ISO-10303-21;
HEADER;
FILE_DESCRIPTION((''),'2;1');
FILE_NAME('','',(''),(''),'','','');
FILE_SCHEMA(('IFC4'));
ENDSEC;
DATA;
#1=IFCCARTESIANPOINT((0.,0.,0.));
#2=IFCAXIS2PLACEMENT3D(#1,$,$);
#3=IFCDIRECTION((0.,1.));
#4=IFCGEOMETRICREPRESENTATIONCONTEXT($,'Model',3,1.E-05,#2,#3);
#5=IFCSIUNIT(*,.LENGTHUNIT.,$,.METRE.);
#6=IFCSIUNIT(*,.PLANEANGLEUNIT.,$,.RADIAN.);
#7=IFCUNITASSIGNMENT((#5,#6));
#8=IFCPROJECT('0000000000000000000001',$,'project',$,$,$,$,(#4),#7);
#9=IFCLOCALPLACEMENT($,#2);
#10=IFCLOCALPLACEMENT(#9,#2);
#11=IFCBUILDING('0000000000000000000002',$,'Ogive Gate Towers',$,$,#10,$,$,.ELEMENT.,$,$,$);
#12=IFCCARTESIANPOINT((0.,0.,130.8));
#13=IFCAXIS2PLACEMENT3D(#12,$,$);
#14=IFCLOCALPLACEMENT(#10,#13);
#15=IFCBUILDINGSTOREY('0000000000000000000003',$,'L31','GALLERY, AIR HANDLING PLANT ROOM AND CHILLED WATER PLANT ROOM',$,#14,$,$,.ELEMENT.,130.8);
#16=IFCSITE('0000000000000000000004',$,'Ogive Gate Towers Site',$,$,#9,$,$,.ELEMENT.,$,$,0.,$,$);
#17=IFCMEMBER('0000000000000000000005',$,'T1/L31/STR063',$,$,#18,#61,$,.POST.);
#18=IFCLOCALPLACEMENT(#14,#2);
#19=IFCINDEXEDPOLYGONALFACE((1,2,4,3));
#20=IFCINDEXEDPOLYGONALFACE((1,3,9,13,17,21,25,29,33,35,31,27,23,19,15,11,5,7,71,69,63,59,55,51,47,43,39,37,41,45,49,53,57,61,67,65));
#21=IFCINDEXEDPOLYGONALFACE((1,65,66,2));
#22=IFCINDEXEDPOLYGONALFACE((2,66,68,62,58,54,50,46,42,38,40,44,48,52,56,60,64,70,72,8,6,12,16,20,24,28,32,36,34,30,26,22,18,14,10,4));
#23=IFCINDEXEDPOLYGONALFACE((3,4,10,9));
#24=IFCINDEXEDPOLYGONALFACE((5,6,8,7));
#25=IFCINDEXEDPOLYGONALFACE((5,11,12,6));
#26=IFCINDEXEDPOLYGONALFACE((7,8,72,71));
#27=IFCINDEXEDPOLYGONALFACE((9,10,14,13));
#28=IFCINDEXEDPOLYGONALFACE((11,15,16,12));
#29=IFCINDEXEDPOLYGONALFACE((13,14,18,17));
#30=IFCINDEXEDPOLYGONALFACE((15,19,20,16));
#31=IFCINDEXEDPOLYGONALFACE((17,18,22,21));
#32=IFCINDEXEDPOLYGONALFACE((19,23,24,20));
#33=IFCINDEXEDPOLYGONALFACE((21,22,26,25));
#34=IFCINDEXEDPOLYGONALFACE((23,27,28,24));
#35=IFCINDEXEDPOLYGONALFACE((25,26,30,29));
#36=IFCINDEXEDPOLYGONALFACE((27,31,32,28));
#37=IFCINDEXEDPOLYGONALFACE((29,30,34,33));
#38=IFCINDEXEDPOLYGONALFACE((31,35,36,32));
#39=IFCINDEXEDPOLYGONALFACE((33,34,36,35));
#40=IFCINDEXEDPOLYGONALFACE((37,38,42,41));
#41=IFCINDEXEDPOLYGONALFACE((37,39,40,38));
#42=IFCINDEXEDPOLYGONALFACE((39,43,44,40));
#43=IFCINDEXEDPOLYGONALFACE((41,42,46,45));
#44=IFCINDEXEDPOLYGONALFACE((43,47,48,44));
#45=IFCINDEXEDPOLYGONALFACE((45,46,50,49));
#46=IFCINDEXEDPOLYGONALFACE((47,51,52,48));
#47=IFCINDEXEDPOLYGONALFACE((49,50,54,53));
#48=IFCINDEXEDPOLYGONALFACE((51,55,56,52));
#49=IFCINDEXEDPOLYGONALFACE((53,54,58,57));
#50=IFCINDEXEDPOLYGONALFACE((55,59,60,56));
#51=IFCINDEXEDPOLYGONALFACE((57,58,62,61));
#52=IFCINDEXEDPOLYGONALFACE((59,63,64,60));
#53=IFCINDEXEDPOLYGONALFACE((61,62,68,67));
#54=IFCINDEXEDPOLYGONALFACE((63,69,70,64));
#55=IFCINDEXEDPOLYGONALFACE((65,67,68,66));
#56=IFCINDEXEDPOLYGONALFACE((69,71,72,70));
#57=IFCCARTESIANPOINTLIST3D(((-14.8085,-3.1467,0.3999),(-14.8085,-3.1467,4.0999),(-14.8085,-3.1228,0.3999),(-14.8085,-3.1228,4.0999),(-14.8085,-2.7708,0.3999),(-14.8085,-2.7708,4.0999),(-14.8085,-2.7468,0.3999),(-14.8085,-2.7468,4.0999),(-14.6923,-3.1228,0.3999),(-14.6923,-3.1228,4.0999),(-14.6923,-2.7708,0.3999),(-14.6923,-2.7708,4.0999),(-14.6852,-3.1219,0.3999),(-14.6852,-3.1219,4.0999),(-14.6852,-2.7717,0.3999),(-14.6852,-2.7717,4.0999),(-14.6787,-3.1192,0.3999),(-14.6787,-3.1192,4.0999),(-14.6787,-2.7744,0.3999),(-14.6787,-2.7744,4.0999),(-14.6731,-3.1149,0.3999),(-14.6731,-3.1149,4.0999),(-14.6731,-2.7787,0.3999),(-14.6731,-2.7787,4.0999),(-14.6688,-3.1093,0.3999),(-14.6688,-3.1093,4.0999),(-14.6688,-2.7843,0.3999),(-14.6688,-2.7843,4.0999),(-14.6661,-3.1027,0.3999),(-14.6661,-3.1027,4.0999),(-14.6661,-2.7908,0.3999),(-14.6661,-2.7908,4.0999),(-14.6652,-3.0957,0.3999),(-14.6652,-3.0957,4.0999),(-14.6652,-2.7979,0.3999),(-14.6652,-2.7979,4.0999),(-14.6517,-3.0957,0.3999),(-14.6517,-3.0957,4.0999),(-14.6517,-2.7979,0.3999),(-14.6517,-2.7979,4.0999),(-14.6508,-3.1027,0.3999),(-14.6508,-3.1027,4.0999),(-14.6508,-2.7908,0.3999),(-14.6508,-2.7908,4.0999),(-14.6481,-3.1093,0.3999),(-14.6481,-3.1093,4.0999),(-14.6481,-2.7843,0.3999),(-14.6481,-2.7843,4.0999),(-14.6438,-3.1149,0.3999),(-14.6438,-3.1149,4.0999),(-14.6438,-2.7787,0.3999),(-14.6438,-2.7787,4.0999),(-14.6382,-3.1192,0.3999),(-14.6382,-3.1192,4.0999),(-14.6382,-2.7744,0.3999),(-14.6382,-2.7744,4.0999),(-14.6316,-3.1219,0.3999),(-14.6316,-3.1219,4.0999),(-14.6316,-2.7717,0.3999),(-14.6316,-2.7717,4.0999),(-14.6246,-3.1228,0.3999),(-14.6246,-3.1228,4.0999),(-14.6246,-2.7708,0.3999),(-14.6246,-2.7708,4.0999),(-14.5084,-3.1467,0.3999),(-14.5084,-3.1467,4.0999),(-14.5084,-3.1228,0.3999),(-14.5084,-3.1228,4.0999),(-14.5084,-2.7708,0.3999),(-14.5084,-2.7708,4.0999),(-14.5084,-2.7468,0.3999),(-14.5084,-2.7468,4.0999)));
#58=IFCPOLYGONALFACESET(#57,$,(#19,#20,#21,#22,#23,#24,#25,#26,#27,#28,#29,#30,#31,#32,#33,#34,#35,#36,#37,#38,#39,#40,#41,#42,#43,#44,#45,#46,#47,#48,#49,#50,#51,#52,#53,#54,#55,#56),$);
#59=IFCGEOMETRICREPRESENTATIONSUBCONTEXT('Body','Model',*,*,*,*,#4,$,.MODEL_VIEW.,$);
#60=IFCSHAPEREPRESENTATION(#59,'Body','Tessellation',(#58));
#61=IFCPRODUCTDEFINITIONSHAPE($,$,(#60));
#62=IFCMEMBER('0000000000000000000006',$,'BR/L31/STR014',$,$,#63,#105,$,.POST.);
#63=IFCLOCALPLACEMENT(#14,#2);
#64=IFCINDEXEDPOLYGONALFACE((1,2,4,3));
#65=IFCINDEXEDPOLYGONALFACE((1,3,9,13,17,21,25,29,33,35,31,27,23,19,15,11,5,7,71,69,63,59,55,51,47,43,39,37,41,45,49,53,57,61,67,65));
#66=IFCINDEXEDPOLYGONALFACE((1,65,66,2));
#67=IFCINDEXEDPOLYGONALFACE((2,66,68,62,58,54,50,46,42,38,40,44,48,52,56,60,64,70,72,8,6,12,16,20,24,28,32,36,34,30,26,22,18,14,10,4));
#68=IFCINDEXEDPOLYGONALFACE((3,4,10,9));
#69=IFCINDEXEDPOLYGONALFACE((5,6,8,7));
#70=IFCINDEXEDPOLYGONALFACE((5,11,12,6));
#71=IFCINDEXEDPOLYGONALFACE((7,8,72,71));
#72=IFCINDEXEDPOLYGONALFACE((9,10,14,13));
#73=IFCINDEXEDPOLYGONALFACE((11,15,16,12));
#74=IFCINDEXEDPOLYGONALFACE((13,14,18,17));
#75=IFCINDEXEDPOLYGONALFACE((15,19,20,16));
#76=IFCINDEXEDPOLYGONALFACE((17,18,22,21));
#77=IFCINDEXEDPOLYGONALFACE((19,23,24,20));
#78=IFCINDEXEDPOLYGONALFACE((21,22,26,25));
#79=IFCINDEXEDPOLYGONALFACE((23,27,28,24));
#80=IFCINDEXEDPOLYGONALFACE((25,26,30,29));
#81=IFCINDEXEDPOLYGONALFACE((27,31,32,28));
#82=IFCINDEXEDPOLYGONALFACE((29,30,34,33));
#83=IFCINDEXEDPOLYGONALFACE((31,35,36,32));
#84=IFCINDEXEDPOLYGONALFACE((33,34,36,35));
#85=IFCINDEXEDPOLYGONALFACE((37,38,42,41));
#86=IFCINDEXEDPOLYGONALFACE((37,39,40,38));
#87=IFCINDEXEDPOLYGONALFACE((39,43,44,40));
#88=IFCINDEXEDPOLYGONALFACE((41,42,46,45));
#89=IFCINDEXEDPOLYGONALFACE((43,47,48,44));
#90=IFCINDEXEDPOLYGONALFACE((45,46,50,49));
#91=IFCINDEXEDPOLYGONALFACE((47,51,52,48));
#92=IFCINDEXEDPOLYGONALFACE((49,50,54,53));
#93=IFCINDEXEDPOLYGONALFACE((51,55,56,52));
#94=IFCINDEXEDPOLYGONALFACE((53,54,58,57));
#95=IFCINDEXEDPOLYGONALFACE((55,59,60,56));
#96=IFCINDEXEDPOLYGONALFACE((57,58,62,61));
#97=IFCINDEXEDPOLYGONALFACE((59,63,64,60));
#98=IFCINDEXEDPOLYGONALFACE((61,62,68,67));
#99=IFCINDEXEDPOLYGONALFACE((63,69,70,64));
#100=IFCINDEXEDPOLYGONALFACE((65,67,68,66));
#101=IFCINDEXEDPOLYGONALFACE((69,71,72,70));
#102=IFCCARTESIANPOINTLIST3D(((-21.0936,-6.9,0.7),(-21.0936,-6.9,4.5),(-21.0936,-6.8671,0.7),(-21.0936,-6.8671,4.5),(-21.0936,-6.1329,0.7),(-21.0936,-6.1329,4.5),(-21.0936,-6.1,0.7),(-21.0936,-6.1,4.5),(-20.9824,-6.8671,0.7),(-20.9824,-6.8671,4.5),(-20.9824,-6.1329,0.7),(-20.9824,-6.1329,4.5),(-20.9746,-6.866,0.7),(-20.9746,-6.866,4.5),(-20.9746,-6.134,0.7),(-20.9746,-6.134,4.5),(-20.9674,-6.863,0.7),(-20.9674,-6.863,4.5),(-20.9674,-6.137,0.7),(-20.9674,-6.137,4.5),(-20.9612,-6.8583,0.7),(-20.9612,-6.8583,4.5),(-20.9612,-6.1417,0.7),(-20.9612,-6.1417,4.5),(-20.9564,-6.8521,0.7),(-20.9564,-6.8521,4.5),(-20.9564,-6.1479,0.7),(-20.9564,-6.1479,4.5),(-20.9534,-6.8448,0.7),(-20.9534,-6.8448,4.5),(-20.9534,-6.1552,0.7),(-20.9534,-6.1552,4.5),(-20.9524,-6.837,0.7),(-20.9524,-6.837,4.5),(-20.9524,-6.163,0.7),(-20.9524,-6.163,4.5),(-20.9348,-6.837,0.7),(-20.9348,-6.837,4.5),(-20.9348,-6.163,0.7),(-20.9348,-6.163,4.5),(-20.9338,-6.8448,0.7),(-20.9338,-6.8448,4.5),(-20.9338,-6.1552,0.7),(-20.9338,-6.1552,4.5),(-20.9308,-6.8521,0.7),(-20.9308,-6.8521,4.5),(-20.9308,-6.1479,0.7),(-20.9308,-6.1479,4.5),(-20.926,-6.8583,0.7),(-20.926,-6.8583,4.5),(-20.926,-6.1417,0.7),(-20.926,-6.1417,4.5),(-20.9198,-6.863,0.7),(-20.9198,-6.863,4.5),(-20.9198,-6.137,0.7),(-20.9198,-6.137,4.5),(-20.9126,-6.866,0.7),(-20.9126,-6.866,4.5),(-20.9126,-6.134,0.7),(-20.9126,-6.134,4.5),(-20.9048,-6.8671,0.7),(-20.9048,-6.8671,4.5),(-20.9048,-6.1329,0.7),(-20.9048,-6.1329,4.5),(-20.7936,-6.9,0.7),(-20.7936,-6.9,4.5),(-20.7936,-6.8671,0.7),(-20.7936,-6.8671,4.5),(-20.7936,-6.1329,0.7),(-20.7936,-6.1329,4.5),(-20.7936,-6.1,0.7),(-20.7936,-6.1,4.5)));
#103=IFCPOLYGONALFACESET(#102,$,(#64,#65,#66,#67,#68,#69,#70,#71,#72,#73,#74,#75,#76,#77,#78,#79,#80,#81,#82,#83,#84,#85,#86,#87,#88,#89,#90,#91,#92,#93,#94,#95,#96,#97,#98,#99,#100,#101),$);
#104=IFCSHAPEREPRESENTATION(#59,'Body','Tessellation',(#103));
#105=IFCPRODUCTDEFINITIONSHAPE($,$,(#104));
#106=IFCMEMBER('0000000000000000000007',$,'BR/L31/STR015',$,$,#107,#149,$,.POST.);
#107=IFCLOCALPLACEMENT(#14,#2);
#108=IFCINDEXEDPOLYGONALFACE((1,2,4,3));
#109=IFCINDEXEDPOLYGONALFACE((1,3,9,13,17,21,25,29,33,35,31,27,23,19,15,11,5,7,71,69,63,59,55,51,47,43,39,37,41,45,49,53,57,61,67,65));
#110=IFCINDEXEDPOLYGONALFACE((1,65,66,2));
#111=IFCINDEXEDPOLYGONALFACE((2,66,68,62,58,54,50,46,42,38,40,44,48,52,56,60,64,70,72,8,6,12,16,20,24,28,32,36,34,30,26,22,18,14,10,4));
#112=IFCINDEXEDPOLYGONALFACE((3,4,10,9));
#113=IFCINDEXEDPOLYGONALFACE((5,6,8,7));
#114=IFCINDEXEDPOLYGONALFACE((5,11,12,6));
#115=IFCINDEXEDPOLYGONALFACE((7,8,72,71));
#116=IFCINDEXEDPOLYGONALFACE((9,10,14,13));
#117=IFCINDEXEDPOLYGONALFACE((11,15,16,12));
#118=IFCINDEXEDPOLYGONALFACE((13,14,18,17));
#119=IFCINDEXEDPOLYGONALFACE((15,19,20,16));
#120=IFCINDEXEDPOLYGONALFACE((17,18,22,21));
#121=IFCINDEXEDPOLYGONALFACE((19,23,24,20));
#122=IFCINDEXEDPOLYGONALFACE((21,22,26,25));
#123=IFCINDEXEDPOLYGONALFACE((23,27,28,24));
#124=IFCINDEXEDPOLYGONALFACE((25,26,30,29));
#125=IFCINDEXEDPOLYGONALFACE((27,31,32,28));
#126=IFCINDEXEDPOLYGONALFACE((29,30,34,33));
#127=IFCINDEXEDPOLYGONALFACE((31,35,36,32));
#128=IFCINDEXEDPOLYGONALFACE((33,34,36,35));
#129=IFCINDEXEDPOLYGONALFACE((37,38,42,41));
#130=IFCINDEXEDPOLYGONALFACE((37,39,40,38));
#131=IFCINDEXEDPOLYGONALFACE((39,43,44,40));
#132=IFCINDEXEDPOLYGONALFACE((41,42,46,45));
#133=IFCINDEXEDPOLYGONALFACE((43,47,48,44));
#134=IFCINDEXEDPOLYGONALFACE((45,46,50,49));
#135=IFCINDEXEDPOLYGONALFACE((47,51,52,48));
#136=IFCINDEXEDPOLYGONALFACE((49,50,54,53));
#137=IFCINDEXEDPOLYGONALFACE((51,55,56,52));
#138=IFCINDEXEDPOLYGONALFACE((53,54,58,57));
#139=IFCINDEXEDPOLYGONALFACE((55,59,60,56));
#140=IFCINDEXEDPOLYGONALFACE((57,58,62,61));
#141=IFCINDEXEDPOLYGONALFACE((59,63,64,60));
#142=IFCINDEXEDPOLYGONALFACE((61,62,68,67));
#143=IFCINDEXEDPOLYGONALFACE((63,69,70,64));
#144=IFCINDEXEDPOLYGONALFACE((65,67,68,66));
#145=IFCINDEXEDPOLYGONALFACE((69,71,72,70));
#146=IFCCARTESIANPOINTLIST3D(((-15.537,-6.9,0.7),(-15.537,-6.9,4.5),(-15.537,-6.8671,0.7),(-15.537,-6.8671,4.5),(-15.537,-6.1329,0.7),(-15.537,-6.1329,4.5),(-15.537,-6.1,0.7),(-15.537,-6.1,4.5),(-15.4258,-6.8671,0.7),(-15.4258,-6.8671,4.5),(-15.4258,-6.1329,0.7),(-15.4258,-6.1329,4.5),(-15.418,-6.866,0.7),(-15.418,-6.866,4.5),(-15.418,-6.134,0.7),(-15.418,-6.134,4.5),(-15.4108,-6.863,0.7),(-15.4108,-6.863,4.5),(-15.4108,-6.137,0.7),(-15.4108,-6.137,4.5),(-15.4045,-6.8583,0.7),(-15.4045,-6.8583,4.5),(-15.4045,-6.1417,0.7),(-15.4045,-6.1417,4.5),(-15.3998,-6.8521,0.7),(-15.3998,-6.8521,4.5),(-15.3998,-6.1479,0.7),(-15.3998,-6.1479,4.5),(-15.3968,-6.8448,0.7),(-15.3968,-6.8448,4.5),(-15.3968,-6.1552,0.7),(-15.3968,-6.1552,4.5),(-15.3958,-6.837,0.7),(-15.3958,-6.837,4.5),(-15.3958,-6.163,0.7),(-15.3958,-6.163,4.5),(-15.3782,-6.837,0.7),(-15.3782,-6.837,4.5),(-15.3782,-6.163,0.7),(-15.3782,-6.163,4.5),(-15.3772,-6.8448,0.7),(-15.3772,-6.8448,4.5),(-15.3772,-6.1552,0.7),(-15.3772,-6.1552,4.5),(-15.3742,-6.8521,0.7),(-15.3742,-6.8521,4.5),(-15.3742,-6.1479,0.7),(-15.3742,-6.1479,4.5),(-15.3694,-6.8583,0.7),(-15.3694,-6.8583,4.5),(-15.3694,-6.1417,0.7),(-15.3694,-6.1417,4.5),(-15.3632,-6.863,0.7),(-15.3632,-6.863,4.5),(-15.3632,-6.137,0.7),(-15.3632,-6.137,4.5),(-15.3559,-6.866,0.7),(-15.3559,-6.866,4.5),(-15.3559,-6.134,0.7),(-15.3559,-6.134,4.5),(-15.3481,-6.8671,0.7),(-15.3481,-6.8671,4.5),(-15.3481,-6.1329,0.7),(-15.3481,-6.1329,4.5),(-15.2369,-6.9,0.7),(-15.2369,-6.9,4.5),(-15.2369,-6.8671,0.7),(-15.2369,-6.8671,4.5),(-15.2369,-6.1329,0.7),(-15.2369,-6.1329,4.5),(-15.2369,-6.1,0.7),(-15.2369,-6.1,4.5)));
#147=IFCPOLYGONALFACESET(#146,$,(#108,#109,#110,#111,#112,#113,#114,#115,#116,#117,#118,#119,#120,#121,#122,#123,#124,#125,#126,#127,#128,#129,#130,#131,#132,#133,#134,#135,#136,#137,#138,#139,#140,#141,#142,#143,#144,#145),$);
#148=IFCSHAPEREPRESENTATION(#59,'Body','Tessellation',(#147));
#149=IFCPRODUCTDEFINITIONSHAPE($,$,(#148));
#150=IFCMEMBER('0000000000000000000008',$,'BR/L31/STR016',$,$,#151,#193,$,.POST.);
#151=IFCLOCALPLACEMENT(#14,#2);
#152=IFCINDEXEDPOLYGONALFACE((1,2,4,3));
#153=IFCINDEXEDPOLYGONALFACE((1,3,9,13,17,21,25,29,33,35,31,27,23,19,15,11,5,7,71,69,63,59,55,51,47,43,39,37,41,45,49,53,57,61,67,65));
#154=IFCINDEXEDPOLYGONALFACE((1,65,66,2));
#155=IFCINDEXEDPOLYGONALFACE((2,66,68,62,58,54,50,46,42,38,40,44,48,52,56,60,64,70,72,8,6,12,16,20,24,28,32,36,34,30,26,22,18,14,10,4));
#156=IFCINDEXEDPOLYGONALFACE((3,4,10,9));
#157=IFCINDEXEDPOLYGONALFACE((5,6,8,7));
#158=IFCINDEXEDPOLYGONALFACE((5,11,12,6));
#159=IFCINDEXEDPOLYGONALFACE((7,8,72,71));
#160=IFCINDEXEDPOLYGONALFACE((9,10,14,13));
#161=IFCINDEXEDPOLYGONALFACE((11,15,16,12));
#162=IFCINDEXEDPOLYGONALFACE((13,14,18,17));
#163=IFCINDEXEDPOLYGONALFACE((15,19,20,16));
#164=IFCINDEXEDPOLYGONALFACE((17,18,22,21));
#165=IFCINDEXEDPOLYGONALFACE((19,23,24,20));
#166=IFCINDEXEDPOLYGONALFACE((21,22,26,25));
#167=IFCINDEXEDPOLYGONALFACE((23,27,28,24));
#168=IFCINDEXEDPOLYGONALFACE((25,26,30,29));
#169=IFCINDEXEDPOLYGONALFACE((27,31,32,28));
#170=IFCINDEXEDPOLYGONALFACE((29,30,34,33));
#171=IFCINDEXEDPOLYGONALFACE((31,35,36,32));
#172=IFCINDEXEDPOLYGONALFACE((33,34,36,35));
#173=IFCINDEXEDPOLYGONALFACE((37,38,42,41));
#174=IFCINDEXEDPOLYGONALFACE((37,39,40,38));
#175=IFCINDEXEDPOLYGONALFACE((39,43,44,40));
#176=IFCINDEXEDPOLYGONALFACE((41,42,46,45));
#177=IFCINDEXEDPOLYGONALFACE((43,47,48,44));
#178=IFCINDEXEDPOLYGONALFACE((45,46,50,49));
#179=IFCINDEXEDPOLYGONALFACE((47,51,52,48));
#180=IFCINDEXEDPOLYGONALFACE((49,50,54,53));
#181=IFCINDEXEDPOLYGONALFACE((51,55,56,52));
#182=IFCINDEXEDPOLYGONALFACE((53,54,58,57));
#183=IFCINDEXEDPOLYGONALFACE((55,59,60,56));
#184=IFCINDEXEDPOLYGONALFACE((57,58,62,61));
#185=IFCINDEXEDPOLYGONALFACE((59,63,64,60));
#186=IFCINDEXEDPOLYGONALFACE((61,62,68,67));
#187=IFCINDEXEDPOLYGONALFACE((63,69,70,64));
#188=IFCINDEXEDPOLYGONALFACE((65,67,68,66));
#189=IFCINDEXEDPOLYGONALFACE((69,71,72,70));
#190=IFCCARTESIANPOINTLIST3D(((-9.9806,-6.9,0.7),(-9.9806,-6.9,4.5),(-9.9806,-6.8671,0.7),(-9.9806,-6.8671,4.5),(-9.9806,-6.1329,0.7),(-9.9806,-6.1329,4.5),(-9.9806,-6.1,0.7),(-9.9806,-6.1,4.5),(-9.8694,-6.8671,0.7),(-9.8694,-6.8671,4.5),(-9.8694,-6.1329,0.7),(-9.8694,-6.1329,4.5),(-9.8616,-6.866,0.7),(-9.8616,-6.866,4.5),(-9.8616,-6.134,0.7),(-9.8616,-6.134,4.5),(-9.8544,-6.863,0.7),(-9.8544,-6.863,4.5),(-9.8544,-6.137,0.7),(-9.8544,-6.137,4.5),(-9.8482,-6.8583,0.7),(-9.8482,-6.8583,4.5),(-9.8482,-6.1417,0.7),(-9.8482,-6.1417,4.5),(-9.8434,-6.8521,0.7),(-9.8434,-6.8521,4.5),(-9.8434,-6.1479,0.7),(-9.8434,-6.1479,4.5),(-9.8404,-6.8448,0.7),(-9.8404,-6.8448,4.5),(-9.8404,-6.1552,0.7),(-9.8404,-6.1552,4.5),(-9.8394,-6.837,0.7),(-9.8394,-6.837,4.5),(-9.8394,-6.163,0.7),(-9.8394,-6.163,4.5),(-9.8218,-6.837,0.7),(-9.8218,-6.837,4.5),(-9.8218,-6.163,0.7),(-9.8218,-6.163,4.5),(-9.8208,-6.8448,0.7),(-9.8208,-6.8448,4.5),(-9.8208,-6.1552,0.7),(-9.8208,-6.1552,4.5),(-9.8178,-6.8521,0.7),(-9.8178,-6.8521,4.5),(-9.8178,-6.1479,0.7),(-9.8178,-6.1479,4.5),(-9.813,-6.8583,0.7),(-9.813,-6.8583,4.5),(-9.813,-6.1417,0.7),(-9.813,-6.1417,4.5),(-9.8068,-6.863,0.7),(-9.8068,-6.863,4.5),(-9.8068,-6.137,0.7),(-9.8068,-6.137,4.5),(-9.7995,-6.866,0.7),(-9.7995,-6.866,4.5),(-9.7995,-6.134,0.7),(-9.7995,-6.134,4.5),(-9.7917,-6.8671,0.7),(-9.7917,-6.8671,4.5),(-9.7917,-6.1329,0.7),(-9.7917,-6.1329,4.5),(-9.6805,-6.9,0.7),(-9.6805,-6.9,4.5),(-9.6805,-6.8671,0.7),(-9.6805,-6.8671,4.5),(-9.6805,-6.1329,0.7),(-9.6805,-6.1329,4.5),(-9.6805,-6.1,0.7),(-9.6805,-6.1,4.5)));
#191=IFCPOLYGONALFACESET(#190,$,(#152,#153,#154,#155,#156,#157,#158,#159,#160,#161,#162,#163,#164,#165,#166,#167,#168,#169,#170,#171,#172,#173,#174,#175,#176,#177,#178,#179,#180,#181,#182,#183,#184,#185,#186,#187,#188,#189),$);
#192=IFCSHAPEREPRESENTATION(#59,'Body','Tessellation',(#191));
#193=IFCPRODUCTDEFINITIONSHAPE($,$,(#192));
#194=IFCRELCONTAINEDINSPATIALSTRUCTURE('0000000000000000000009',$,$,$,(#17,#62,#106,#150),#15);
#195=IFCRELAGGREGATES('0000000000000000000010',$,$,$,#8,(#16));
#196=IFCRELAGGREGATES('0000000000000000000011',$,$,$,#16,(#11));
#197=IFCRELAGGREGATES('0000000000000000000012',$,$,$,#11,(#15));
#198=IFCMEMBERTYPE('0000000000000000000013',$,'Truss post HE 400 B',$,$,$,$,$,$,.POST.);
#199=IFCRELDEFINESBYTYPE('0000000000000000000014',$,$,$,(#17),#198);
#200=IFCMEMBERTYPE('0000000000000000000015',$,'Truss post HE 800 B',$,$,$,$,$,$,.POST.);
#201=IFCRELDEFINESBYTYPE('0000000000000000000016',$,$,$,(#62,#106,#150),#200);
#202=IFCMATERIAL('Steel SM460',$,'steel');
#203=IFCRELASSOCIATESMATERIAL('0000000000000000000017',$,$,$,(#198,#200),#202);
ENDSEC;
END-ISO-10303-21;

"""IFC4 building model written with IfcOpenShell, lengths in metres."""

from ifc_helpers import new_model, si_unit, direction, frame, origin, origin_2d, place, context, subcontext, project, spatial, i_section, extrude, material, material_profile, profile_set, type_object, element, save


model = new_model("IFC4")

# Units and contexts
model_context = context("Model", 3, precision=1e-05, world=origin(), true_north=direction((0.0, 1.0)))
body_context = subcontext(model_context, "Body", "Model", "MODEL_VIEW")
ifc_project = project(units=[si_unit("LENGTHUNIT", "METRE"), si_unit("PLANEANGLEUNIT", "RADIAN")], contexts=[model_context])

# Site, building, storey
site_placement = place(None, origin())
site = spatial("IfcSite", under=ifc_project, at=site_placement, Name="Ogive Gate Towers Site", CompositionType="ELEMENT", RefElevation=0.0)
building_placement = place(site_placement, origin())
building = spatial("IfcBuilding", under=site, at=building_placement, Name="Ogive Gate Towers", CompositionType="ELEMENT")
storey_placement = place(building_placement, frame((0.0, 0.0, 130.8)))
storey = spatial("IfcBuildingStorey", under=building, at=storey_placement, Name="L31", Description="GALLERY, AIR HANDLING PLANT ROOM AND CHILLED WATER PLANT ROOM", CompositionType="ELEMENT", Elevation=130.8)

# Shared definitions
ifc_material_1 = material(Name="Steel SM460", Category="steel")

# Members
ifc_material_profile_1 = material_profile(ifc_material_1, i_section(OverallWidth=0.3, OverallDepth=0.3999, WebThickness=0.0134, FlangeThickness=0.0239, FilletRadius=0.0271, at=origin_2d()), Name="HE 400 B")
ifc_profile_set_1 = profile_set([ifc_material_profile_1], Name="Steel SM460")
member_type_1 = type_object("IfcMemberType", Name="Truss post HE 400 B", PredefinedType="POST", material=ifc_profile_set_1)
for number, where, z_axis, x_axis, name in (
    (1, (-14.6584, -2.9468, 0.3999), (0.0, 0.0, 1.0), (1.0, 0.0, 0.0), "T1/L31/STR063"),
):
    element("IfcMember", number, at=place(storey_placement, frame(where, z_axis=z_axis, x_axis=x_axis)), inside=storey, type_object=member_type_1, Name=name, PredefinedType="POST", context=body_context, shape_type="SweptSolid", body=[
        extrude(i_section(OverallWidth=0.3, OverallDepth=0.3999, WebThickness=0.0134, FlangeThickness=0.0239, FilletRadius=0.0271, at=origin_2d()), origin(), (0.0, 0.0, 1.0), 3.7),
    ])
ifc_material_profile_2 = material_profile(ifc_material_1, i_section(OverallWidth=0.3, OverallDepth=0.8, WebThickness=0.0176, FlangeThickness=0.033, FilletRadius=0.03, at=origin_2d()), Name="HE 800 B")
ifc_profile_set_2 = profile_set([ifc_material_profile_2], Name="Steel SM460")
member_type_2 = type_object("IfcMemberType", Name="Truss post HE 800 B", PredefinedType="POST", material=ifc_profile_set_2)
for number, where, z_axis, x_axis, name in (
    (2, (-20.9436, -6.5, 0.7), (0.0, 0.0, 1.0), (1.0, 0.0, 0.0), "BR/L31/STR014"),
    (3, (-15.387, -6.5, 0.7), (0.0, 0.0, 1.0), (1.0, 0.0, 0.0), "BR/L31/STR015"),
    (4, (-9.8306, -6.5, 0.7), (0.0, 0.0, 1.0), (1.0, 0.0, 0.0), "BR/L31/STR016"),
):
    element("IfcMember", number, at=place(storey_placement, frame(where, z_axis=z_axis, x_axis=x_axis)), inside=storey, type_object=member_type_2, Name=name, PredefinedType="POST", context=body_context, shape_type="SweptSolid", body=[
        extrude(i_section(OverallWidth=0.3, OverallDepth=0.8, WebThickness=0.0176, FlangeThickness=0.033, FilletRadius=0.03, at=origin_2d()), origin(), (0.0, 0.0, 1.0), 3.8),
    ])

save(model, "model.ifc")
